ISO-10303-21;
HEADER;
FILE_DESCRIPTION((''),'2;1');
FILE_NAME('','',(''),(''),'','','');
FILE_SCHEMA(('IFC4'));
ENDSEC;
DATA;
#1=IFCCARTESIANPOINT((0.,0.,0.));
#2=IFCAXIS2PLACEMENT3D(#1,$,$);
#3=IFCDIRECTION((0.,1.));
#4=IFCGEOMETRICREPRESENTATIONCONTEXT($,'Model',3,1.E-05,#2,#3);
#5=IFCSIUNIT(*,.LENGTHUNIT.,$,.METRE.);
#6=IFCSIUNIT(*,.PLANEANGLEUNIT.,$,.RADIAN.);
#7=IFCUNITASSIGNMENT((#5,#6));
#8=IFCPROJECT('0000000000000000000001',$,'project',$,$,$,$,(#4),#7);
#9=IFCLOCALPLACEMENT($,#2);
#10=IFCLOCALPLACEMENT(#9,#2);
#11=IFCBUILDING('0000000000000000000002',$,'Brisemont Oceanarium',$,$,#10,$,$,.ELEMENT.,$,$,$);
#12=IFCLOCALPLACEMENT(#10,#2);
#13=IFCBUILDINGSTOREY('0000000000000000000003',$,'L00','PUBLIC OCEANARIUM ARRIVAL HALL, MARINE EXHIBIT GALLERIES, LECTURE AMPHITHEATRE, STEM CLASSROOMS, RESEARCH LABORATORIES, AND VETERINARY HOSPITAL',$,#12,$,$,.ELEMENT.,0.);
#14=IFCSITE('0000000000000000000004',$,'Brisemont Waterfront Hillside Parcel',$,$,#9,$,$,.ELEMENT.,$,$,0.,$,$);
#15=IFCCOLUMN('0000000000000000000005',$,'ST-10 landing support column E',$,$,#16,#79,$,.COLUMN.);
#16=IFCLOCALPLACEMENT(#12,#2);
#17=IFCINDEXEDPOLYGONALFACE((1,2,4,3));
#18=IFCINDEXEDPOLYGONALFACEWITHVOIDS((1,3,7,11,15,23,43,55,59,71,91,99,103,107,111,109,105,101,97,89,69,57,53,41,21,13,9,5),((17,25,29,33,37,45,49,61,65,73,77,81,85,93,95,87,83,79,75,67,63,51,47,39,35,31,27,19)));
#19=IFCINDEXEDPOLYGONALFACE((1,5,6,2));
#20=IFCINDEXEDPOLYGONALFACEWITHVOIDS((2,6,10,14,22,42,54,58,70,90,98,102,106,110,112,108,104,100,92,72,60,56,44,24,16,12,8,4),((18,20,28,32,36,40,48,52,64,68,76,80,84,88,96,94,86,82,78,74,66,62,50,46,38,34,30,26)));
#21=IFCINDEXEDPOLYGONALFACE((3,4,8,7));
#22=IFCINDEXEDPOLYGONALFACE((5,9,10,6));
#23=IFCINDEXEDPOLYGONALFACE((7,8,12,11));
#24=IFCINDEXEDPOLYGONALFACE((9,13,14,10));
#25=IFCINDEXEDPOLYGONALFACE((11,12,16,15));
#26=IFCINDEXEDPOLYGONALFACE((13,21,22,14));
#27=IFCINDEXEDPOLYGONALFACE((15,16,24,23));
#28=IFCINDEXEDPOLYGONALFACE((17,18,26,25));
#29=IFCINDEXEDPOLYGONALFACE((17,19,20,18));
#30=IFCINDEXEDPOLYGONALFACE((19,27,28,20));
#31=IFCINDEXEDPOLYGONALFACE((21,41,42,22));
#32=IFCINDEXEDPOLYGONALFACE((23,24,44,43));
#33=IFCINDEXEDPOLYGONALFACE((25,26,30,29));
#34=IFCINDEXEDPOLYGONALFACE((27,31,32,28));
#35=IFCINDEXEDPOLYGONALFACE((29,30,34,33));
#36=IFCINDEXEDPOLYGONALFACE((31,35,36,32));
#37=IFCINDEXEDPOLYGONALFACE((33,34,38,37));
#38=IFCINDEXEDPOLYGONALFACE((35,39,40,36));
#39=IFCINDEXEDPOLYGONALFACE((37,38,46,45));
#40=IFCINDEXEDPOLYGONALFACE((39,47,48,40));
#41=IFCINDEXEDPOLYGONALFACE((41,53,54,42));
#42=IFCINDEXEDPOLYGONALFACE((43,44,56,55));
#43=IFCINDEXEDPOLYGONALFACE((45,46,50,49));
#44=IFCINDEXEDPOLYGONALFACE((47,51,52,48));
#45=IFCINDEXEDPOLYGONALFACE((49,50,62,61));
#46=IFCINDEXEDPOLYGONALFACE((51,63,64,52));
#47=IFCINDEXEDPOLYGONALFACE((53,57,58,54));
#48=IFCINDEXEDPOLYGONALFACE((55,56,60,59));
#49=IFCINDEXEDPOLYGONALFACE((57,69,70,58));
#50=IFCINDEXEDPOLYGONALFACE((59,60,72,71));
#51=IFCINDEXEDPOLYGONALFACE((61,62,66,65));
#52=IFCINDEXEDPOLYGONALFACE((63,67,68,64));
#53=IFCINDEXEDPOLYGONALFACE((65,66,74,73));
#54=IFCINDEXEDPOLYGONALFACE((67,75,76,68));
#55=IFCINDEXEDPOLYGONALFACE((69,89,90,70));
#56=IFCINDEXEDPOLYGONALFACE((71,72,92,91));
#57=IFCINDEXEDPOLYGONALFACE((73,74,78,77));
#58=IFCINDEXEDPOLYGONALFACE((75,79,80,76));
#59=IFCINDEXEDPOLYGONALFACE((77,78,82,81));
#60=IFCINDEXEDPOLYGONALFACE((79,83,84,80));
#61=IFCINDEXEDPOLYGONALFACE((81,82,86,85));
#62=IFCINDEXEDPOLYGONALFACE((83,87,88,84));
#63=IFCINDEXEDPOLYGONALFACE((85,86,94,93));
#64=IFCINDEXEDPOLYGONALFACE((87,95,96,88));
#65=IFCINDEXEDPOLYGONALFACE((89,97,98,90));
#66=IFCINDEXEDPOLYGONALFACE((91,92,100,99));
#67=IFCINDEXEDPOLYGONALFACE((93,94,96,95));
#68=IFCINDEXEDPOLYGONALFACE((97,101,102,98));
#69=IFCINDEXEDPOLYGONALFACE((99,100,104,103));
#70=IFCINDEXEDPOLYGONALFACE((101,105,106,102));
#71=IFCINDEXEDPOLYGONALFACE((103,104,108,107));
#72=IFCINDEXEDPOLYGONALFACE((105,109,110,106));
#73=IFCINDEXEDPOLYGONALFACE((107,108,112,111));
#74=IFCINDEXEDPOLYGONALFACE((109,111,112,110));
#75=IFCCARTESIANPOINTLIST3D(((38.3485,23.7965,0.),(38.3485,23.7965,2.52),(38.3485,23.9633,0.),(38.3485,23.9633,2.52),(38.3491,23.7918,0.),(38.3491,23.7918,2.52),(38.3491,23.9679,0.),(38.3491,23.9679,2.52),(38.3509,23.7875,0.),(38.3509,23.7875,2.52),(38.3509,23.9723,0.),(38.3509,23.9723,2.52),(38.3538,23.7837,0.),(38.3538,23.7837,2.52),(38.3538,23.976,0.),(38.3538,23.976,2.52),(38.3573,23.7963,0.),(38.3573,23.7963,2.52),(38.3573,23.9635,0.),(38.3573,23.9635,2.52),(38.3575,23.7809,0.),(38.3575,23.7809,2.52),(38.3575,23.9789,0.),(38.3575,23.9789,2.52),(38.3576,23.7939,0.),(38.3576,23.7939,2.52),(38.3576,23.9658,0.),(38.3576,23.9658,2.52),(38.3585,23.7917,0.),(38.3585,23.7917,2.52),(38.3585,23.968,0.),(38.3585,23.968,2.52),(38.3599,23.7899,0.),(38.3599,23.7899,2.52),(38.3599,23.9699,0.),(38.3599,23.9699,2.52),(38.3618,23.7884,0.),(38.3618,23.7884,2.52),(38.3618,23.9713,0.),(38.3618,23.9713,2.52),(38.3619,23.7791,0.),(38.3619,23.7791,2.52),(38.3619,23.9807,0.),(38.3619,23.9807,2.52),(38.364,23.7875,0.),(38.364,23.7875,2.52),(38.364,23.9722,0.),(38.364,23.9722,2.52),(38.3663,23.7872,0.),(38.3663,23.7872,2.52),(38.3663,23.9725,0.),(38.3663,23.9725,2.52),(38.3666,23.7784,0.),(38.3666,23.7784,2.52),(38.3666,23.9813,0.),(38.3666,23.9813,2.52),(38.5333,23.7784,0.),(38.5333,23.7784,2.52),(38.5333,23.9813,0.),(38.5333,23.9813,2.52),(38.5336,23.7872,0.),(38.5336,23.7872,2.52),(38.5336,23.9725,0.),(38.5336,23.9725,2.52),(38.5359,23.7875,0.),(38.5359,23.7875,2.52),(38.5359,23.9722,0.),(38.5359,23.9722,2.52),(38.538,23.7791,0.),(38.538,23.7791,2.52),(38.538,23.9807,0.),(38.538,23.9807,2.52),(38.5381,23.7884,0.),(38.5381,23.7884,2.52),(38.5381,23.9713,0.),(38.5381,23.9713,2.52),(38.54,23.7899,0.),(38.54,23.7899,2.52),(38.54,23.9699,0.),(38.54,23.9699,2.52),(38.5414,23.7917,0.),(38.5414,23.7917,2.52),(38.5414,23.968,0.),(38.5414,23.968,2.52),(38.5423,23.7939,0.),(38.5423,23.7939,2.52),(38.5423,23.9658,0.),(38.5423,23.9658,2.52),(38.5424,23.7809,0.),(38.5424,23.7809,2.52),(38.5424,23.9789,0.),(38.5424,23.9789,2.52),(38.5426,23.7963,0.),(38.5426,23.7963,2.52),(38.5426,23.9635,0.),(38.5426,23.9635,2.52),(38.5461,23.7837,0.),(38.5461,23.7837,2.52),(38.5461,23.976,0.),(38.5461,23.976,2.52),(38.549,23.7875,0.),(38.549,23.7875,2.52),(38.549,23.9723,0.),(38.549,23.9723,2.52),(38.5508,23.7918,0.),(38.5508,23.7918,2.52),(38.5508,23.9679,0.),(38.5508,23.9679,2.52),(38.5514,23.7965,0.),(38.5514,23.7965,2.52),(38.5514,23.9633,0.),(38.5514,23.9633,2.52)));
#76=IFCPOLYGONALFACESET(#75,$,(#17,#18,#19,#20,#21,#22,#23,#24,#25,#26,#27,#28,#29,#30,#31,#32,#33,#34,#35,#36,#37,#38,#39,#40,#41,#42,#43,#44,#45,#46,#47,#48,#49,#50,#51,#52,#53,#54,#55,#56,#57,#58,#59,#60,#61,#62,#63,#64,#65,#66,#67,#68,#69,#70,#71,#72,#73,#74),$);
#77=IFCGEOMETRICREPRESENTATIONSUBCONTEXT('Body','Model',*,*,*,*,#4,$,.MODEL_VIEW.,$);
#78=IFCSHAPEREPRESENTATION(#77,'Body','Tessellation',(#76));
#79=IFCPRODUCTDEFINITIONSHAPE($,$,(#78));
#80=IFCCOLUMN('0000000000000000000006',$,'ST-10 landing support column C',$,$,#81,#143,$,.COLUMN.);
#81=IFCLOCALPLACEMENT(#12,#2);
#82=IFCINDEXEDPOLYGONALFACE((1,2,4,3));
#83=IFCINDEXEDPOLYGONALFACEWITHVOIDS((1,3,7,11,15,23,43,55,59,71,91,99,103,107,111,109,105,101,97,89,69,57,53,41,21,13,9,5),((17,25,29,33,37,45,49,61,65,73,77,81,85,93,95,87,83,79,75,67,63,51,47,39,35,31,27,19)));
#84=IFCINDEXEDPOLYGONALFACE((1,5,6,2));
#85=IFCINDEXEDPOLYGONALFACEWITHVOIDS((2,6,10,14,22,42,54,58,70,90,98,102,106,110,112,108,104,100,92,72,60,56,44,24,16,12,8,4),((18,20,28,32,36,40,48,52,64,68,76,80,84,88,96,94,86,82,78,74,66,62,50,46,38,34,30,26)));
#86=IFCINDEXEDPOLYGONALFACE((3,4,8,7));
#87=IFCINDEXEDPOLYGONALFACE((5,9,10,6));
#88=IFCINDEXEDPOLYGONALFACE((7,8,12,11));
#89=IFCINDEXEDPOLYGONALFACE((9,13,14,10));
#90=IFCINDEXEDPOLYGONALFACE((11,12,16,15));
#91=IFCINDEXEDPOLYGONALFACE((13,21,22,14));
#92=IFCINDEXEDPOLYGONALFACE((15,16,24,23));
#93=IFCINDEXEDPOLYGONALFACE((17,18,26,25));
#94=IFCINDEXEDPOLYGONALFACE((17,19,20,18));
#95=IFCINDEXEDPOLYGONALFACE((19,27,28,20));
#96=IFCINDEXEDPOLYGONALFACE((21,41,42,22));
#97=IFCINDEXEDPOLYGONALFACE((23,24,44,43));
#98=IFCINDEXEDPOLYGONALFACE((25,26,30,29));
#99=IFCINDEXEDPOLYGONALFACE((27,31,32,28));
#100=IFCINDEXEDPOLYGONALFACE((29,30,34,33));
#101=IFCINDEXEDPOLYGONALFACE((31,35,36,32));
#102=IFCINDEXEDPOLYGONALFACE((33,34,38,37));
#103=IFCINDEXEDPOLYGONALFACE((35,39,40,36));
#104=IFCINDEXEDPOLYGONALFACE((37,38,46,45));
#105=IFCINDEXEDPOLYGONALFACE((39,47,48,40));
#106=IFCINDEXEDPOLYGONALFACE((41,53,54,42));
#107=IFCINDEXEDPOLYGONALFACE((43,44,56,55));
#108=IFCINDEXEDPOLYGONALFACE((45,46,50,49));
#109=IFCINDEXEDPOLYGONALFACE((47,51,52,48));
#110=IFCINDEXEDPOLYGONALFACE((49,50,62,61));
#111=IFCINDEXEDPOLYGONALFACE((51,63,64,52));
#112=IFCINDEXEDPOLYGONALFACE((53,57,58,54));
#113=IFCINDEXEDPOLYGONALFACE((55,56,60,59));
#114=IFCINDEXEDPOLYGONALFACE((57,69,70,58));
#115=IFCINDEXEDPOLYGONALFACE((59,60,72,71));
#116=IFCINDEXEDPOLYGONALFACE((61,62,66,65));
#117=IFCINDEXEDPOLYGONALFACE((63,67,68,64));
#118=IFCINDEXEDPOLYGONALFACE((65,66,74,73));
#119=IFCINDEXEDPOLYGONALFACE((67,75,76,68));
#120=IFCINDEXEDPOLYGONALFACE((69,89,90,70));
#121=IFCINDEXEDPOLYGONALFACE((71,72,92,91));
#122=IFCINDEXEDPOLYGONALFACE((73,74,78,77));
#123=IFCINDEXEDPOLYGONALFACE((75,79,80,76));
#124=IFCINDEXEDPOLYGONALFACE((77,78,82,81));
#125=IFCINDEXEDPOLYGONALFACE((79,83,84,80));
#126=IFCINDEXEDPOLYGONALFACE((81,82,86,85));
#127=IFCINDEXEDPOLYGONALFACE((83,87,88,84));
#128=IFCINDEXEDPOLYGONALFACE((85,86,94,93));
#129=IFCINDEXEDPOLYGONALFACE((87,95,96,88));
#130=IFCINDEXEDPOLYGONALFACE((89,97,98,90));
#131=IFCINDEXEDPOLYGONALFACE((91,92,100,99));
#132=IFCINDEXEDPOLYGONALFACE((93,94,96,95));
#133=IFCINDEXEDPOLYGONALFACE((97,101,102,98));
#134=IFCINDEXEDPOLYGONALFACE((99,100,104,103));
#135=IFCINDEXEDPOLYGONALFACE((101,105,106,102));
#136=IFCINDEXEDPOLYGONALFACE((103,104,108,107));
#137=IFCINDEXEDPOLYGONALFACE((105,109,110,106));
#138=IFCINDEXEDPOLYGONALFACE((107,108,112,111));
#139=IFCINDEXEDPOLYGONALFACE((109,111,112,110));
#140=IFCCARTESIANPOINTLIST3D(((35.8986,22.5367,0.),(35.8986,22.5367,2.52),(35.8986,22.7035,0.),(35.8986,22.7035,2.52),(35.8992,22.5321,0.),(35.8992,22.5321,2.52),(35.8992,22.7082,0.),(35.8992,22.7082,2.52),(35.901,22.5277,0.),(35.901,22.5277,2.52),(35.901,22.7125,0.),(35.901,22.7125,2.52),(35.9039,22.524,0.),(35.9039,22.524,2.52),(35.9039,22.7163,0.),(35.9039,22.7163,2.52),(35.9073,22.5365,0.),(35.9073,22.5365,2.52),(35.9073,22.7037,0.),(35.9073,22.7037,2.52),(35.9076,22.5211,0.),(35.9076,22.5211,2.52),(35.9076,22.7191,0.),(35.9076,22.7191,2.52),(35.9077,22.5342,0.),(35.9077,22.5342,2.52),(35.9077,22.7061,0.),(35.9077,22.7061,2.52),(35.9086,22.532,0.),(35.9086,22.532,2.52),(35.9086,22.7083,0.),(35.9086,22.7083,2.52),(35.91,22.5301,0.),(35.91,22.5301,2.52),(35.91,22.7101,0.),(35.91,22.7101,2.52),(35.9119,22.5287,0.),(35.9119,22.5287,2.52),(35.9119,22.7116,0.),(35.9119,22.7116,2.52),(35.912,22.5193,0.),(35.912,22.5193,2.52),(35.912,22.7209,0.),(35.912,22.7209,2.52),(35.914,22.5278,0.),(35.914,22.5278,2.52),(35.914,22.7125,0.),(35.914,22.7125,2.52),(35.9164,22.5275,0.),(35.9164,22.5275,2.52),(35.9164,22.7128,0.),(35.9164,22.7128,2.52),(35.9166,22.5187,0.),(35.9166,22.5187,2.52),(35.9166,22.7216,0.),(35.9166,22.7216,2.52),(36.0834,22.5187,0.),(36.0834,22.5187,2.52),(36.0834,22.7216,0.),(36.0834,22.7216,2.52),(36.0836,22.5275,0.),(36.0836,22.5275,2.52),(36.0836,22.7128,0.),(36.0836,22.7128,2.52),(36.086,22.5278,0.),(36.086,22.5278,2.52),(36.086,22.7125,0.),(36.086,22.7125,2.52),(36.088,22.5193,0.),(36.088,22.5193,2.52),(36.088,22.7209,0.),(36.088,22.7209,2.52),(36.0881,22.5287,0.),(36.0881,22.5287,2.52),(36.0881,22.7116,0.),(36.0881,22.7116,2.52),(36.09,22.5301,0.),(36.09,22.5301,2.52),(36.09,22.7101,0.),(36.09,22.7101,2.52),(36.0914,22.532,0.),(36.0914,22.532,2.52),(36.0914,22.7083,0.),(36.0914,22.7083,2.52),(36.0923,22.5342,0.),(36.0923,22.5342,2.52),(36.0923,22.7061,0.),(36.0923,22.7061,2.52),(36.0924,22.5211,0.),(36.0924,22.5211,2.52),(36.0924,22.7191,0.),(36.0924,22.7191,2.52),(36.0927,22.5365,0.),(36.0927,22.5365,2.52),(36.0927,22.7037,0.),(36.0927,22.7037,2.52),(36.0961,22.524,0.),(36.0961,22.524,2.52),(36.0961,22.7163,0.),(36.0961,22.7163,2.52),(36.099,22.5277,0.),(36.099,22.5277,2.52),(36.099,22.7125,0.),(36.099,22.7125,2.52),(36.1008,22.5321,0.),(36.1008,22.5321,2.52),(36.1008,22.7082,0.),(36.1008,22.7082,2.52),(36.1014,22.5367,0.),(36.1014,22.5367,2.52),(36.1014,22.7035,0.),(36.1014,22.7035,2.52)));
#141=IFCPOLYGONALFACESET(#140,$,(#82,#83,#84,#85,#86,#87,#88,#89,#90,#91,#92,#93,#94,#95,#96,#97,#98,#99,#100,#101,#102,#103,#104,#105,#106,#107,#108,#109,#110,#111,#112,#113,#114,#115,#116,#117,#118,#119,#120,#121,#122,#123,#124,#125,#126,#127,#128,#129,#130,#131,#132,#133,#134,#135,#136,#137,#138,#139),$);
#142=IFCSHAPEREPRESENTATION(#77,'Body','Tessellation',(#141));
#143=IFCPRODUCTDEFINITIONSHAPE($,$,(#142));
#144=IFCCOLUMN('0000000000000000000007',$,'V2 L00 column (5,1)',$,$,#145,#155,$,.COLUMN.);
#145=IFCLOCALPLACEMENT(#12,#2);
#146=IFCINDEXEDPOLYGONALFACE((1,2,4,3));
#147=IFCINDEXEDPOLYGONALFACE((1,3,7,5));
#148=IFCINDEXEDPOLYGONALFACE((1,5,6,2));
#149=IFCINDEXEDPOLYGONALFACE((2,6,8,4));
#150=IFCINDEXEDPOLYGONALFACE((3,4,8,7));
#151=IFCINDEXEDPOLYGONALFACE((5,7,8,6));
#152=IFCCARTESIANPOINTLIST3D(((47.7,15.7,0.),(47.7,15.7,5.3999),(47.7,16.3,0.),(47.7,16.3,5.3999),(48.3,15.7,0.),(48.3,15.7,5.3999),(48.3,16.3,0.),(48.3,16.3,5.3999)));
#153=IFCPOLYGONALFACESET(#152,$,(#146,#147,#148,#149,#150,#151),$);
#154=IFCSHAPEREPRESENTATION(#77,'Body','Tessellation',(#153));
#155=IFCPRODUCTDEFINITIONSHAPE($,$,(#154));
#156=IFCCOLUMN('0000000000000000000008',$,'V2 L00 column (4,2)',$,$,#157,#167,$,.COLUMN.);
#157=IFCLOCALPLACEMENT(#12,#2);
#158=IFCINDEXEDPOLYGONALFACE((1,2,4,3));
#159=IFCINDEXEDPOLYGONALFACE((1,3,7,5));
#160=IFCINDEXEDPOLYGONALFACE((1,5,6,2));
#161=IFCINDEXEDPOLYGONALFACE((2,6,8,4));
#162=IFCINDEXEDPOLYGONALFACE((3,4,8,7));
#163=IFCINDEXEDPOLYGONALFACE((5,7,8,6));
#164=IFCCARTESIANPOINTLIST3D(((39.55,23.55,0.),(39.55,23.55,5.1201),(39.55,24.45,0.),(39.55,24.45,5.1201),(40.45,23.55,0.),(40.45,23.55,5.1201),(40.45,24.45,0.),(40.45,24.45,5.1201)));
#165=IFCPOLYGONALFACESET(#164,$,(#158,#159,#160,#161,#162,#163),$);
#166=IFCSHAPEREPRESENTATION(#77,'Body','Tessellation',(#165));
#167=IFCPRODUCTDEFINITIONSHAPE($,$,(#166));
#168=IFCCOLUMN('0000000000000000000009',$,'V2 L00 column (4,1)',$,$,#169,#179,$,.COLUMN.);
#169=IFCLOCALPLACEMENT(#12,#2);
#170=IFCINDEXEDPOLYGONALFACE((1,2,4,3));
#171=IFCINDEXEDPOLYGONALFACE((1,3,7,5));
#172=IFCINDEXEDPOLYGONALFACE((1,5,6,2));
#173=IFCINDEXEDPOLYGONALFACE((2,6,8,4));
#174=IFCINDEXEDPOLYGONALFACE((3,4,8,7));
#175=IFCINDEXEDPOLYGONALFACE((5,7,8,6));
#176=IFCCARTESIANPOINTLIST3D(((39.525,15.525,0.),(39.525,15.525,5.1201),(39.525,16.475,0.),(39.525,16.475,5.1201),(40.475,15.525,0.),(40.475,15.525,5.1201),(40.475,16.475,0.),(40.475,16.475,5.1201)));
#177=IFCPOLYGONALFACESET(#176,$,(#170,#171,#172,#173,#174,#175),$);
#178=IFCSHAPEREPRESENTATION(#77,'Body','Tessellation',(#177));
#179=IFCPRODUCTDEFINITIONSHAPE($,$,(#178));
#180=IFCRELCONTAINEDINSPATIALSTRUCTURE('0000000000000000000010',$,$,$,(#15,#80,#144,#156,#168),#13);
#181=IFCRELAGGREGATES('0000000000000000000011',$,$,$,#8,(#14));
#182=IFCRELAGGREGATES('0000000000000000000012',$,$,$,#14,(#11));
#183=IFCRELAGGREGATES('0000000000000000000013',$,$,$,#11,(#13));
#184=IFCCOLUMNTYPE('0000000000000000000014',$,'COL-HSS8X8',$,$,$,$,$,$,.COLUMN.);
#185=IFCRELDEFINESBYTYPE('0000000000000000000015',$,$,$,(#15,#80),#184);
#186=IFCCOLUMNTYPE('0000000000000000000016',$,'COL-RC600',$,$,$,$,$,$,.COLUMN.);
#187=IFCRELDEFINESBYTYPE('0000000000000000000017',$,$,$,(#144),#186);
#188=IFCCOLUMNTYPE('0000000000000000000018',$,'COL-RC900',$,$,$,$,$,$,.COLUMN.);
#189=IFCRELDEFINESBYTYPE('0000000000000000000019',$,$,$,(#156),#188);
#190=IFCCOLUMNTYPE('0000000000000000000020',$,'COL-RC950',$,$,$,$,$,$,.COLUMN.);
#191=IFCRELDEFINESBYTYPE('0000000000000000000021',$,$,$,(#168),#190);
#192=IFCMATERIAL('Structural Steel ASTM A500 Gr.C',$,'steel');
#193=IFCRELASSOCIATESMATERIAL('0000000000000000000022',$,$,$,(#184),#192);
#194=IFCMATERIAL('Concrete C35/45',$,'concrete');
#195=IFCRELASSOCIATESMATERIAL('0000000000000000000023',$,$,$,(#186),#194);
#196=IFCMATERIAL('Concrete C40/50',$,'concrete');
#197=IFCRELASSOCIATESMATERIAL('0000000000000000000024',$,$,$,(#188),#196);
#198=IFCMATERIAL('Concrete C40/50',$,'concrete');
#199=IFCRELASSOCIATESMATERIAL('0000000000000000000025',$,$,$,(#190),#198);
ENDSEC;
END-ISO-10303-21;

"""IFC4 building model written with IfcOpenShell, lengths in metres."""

from ifc_helpers import new_model, si_unit, direction, frame, origin, origin_2d, place, context, subcontext, project, spatial, rectangle, hollow_rectangle, extrude, material, material_profile, profile_set, type_object, element, save


model = new_model("IFC4")

# Units and contexts
model_context = context("Model", 3, precision=1e-05, world=origin(), true_north=direction((0.0, 1.0)))
body_context = subcontext(model_context, "Body", "Model", "MODEL_VIEW")
ifc_project = project(units=[si_unit("LENGTHUNIT", "METRE"), si_unit("PLANEANGLEUNIT", "RADIAN")], contexts=[model_context])

# Site, building, storey
site_placement = place(None, origin())
site = spatial("IfcSite", under=ifc_project, at=site_placement, Name="Brisemont Waterfront Hillside Parcel", CompositionType="ELEMENT", RefElevation=0.0)
building_placement = place(site_placement, origin())
building = spatial("IfcBuilding", under=site, at=building_placement, Name="Brisemont Oceanarium", CompositionType="ELEMENT")
storey_placement = place(building_placement, origin())
storey = spatial("IfcBuildingStorey", under=building, at=storey_placement, Name="L00", Description="PUBLIC OCEANARIUM ARRIVAL HALL, MARINE EXHIBIT GALLERIES, LECTURE AMPHITHEATRE, STEM CLASSROOMS, RESEARCH LABORATORIES, AND VETERINARY HOSPITAL", CompositionType="ELEMENT", Elevation=0.0)

# Columns
ifc_material_1 = material(Name="Structural Steel ASTM A500 Gr.C", Category="steel")
ifc_material_profile_1 = material_profile(ifc_material_1, hollow_rectangle(XDim=0.2029, YDim=0.2029, WallThickness=0.0088, InnerFilletRadius=0.009, OuterFilletRadius=0.0181, at=origin_2d()), Name="HSS8X8X3/8")
ifc_profile_set_1 = profile_set([ifc_material_profile_1], Name="Structural Steel ASTM A500 Gr.C")
column_type_1 = type_object("IfcColumnType", Name="COL-HSS8X8", PredefinedType="COLUMN", material=ifc_profile_set_1)
for number, where, z_axis, x_axis, name in (
    (1, (38.45, 23.8799, 0.0), (0.0, 0.0, 1.0), (1.0, 0.0, 0.0), "ST-10 landing support column E"),
    (2, (36.0, 22.6201, 0.0), (0.0, 0.0, 1.0), (1.0, 0.0, 0.0), "ST-10 landing support column C"),
):
    element("IfcColumn", number, at=place(storey_placement, frame(where, z_axis=z_axis, x_axis=x_axis)), inside=storey, type_object=column_type_1, Name=name, PredefinedType="COLUMN", context=body_context, shape_type="SweptSolid", body=[
        extrude(hollow_rectangle(XDim=0.2029, YDim=0.2029, WallThickness=0.0088, InnerFilletRadius=0.009, OuterFilletRadius=0.0181, at=origin_2d()), origin(), (0.0, 0.0, 1.0), 2.52),
    ])
ifc_material_2 = material(Name="Concrete C35/45", Category="concrete")
ifc_material_profile_2 = material_profile(ifc_material_2, rectangle(XDim=0.6001, YDim=0.6001, at=origin_2d()), Name="RC-COL-600X600")
ifc_profile_set_2 = profile_set([ifc_material_profile_2], Name="Concrete C35/45")
column_type_2 = type_object("IfcColumnType", Name="COL-RC600", PredefinedType="COLUMN", material=ifc_profile_set_2)
column_1_placement = place(storey_placement, frame((48.0, 16.0, 0.0), z_axis=(0.0, 0.0, 1.0), x_axis=(1.0, 0.0, 0.0)))
element("IfcColumn", 3, at=column_1_placement, inside=storey, type_object=column_type_2, Name="V2 L00 column (5,1)", PredefinedType="COLUMN", context=body_context, shape_type="SweptSolid", body=[
    extrude(rectangle(XDim=0.6001, YDim=0.6001, at=origin_2d()), origin(), (0.0, 0.0, 1.0), 5.3999),
])
ifc_material_3 = material(Name="Concrete C40/50", Category="concrete")
ifc_material_profile_3 = material_profile(ifc_material_3, rectangle(XDim=0.8999, YDim=0.8999, at=origin_2d()), Name="RC-COL-900X900")
ifc_profile_set_3 = profile_set([ifc_material_profile_3], Name="Concrete C40/50")
column_type_3 = type_object("IfcColumnType", Name="COL-RC900", PredefinedType="COLUMN", material=ifc_profile_set_3)
column_2_placement = place(storey_placement, frame((40.0, 24.0, 0.0), z_axis=(0.0, 0.0, 1.0), x_axis=(1.0, 0.0, 0.0)))
element("IfcColumn", 4, at=column_2_placement, inside=storey, type_object=column_type_3, Name="V2 L00 column (4,2)", PredefinedType="COLUMN", context=body_context, shape_type="SweptSolid", body=[
    extrude(rectangle(XDim=0.8999, YDim=0.8999, at=origin_2d()), origin(), (0.0, 0.0, 1.0), 5.1201),
])
ifc_material_4 = material(Name="Concrete C40/50", Category="concrete")
ifc_material_profile_4 = material_profile(ifc_material_4, rectangle(XDim=0.95, YDim=0.95, at=origin_2d()), Name="RC-COL-950X950")
ifc_profile_set_4 = profile_set([ifc_material_profile_4], Name="Concrete C40/50")
column_type_4 = type_object("IfcColumnType", Name="COL-RC950", PredefinedType="COLUMN", material=ifc_profile_set_4)
column_3_placement = place(storey_placement, frame((40.0, 16.0, 0.0), z_axis=(0.0, 0.0, 1.0), x_axis=(0.0, 1.0, 0.0)))
element("IfcColumn", 5, at=column_3_placement, inside=storey, type_object=column_type_4, Name="V2 L00 column (4,1)", PredefinedType="COLUMN", context=body_context, shape_type="SweptSolid", body=[
    extrude(rectangle(XDim=0.95, YDim=0.95, at=origin_2d()), origin(), (0.0, 0.0, 1.0), 5.1201),
])

save(model, "model.ifc")
